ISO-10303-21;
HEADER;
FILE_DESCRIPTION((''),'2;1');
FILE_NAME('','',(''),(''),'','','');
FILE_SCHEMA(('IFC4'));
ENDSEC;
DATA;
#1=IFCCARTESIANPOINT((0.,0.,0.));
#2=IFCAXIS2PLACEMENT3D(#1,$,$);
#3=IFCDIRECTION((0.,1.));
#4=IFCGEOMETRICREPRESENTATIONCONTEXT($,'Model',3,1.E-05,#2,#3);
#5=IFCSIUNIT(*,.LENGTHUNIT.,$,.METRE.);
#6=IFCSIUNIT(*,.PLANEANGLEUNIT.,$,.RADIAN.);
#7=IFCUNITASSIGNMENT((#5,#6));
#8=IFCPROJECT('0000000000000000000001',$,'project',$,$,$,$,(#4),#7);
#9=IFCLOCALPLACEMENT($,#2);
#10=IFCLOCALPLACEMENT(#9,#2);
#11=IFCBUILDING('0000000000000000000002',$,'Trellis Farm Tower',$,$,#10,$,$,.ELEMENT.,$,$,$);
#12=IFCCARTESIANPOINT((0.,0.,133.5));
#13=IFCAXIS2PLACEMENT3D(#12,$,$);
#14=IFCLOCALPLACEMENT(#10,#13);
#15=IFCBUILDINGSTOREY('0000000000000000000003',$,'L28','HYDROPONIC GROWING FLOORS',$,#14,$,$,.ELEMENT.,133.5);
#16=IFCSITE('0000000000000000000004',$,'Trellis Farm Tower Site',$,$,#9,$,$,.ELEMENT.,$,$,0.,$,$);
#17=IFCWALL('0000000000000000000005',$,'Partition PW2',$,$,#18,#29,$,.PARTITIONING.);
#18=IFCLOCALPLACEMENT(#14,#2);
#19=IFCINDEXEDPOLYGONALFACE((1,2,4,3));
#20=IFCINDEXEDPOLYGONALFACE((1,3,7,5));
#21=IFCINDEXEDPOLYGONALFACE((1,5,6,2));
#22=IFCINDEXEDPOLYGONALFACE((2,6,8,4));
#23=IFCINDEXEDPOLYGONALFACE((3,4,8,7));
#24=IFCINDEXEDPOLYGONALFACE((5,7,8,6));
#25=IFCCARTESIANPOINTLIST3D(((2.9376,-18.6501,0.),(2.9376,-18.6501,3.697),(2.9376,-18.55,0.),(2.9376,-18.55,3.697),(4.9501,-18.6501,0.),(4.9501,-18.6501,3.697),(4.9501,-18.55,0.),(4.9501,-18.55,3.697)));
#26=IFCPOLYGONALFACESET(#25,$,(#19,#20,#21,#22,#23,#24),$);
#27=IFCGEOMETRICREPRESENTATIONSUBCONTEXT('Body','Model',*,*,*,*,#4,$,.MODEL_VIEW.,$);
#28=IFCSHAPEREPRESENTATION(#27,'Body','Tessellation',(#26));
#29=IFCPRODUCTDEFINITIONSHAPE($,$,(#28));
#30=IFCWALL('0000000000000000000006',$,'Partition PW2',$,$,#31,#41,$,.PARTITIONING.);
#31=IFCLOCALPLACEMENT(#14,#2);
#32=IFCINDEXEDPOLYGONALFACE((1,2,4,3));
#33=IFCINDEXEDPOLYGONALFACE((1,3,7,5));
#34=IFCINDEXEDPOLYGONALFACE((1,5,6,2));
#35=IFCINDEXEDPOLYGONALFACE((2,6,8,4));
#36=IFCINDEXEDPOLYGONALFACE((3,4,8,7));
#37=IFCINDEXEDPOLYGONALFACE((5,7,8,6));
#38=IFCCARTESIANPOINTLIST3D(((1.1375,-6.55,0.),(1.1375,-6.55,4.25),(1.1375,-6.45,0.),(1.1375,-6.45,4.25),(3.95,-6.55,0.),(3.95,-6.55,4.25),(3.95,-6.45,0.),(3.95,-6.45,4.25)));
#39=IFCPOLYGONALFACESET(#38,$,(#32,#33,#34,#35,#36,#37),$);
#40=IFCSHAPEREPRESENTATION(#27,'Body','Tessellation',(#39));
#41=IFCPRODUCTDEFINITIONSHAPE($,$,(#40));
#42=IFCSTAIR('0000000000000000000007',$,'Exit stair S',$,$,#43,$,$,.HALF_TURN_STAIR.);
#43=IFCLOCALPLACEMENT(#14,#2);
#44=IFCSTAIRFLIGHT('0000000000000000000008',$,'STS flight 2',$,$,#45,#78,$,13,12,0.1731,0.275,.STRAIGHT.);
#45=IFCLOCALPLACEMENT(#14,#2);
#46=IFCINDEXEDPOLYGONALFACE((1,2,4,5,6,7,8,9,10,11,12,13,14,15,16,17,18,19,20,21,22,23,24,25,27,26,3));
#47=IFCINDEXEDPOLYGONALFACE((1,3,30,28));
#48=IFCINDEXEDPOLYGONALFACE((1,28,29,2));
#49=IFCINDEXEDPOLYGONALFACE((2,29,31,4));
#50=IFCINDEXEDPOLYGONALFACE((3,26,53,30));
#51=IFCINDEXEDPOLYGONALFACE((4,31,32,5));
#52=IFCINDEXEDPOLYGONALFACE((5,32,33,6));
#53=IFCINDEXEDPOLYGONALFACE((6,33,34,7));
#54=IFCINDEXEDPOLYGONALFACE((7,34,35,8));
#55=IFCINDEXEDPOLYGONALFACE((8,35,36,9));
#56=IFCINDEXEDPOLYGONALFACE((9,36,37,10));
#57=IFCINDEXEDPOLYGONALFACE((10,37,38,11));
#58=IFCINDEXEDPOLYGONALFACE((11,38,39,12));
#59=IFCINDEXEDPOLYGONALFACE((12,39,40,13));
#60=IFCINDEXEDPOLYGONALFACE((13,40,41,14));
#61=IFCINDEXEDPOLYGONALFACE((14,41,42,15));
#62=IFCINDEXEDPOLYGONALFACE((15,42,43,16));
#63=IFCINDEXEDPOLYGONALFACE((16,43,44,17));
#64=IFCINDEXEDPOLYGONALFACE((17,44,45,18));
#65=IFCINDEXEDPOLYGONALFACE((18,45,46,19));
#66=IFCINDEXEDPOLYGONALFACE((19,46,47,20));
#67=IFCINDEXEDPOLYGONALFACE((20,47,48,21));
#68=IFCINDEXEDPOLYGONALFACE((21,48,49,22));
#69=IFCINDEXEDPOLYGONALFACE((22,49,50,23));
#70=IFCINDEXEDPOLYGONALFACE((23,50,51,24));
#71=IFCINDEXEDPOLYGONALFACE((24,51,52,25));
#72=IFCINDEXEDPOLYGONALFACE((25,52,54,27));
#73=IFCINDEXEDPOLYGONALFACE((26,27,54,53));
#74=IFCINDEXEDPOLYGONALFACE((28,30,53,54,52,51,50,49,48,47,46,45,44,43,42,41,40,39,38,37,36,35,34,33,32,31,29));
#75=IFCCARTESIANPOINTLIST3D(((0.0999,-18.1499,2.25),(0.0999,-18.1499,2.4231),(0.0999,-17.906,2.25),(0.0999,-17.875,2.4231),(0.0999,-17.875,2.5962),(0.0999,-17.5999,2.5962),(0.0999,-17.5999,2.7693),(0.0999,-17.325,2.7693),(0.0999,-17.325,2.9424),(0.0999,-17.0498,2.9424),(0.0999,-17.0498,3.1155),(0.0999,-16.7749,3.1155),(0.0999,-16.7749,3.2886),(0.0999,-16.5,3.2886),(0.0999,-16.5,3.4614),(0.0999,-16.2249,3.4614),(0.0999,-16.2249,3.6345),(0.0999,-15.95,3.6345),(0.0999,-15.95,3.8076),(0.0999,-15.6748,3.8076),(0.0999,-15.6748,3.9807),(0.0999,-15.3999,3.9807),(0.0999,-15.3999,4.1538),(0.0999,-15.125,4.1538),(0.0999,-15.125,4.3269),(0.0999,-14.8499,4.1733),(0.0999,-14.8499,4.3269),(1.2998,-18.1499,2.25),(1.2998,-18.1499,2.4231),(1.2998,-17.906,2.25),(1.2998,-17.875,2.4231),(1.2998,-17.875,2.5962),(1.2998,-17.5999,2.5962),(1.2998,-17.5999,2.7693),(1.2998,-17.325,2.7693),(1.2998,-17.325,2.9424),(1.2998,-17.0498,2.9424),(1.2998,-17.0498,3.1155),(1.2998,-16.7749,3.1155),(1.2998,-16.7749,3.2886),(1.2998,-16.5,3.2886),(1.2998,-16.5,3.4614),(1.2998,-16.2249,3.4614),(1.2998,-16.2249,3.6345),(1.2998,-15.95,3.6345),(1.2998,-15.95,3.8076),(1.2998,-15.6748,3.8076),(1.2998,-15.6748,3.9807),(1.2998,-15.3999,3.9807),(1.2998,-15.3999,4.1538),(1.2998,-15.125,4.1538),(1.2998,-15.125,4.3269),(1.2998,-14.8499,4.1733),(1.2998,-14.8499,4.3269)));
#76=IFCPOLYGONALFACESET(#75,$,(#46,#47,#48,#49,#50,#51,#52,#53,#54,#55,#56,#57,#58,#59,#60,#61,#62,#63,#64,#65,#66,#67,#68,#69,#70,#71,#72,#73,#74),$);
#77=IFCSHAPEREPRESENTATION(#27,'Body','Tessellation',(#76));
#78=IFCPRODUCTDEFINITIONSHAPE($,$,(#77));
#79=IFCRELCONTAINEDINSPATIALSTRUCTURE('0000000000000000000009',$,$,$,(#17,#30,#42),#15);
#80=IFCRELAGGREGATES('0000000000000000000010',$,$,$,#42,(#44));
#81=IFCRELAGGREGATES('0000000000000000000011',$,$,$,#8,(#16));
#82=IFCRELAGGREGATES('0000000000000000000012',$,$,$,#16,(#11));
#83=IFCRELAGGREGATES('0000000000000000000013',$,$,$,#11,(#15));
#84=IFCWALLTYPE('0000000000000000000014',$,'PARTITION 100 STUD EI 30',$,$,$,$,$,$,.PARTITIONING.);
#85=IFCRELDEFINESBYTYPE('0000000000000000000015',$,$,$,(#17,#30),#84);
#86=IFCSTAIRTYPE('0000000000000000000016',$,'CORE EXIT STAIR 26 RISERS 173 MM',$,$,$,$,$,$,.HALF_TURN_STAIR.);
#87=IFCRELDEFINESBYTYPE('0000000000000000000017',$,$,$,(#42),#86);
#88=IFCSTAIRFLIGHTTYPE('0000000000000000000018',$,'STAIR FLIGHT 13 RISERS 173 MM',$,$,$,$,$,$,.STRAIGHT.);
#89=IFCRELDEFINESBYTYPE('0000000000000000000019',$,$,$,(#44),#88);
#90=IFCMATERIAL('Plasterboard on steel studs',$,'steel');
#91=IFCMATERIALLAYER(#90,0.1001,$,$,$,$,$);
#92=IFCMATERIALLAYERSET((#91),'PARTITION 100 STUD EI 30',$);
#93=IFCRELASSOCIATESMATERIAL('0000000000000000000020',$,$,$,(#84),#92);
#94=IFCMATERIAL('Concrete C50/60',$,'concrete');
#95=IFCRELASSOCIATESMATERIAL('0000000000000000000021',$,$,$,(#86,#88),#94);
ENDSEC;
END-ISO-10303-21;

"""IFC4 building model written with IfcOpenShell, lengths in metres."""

from ifc_helpers import new_model, si_unit, direction, frame, frame_2d, origin, place, context, subcontext, project, spatial, polyline, rectangle, outline, extrude, source, transform, mapped, material, layer, layer_set, type_object, element, aggregate, save


model = new_model("IFC4")

# Units and contexts
model_context = context("Model", 3, precision=1e-05, world=origin(), true_north=direction((0.0, 1.0)))
body_context = subcontext(model_context, "Body", "Model", "MODEL_VIEW")
ifc_project = project(units=[si_unit("LENGTHUNIT", "METRE"), si_unit("PLANEANGLEUNIT", "RADIAN")], contexts=[model_context])

# Site, building, storey
site_placement = place(None, origin())
site = spatial("IfcSite", under=ifc_project, at=site_placement, Name="Trellis Farm Tower Site", CompositionType="ELEMENT", RefElevation=0.0)
building_placement = place(site_placement, origin())
building = spatial("IfcBuilding", under=site, at=building_placement, Name="Trellis Farm Tower", CompositionType="ELEMENT")
storey_placement = place(building_placement, frame((0.0, 0.0, 133.5)))
storey = spatial("IfcBuildingStorey", under=building, at=storey_placement, Name="L28", Description="HYDROPONIC GROWING FLOORS", CompositionType="ELEMENT", Elevation=133.5)

# Shared definitions
placement_1 = place(storey_placement, origin())

# Walls
ifc_material_1 = material(Name="Plasterboard on steel studs", Category="steel")
ifc_layer_1 = layer(ifc_material_1, 0.1001)
ifc_layer_set_1 = layer_set([ifc_layer_1], Name="PARTITION 100 STUD EI 30")
wall_type_1 = type_object("IfcWallType", Name="PARTITION 100 STUD EI 30", PredefinedType="PARTITIONING", material=ifc_layer_set_1)
shared_shape_1 = source(origin(), body_context, "Body", "SweptSolid", [
    extrude(rectangle(XDim=2.0125, YDim=0.1001, at=frame_2d((1.0063, 0.0))), origin(), (0.0, 0.0, 1.0), 3.697),
])
wall_1_placement = place(storey_placement, frame((2.9375, -18.6001, 0.0), z_axis=(0.0, 0.0, 1.0), x_axis=(1.0, 0.0, 0.0)))
element("IfcWall", 1, at=wall_1_placement, inside=storey, type_object=wall_type_1, Name="Partition PW2", PredefinedType="PARTITIONING", context=body_context, shape_type="MappedRepresentation", body=[
    mapped(shared_shape_1, transform((0.0, 0.0, 0.0))),
])
shared_shape_2 = source(origin(), body_context, "Body", "SweptSolid", [
    extrude(rectangle(XDim=2.8125, YDim=0.1001, at=frame_2d((1.4062, 0.0))), origin(), (0.0, 0.0, 1.0), 4.25),
])
wall_2_placement = place(storey_placement, frame((1.1375, -6.5, 0.0), z_axis=(0.0, 0.0, 1.0), x_axis=(1.0, 0.0, 0.0)))
element("IfcWall", 2, at=wall_2_placement, inside=storey, type_object=wall_type_1, Name="Partition PW2", PredefinedType="PARTITIONING", context=body_context, shape_type="MappedRepresentation", body=[
    mapped(shared_shape_2, transform((0.0, 0.0, 0.0))),
])

# Stair, stair flight
ifc_material_2 = material(Name="Concrete C50/60", Category="concrete")
stair_type = type_object("IfcStairType", Name="CORE EXIT STAIR 26 RISERS 173 MM", PredefinedType="HALF_TURN_STAIR", material=ifc_material_2)
stair = element("IfcStair", 3, at=placement_1, inside=storey, type_object=stair_type, Name="Exit stair S", PredefinedType="HALF_TURN_STAIR")
stair_flight_type = type_object("IfcStairFlightType", Name="STAIR FLIGHT 13 RISERS 173 MM", PredefinedType="STRAIGHT", material=ifc_material_2)
shared_shape_3 = source(origin(), body_context, "Body", "SweptSolid", [
    extrude(outline(polyline([(0.0, 0.0), (0.0, 0.1731), (0.2749, 0.1731), (0.2749, 0.3462), (0.55, 0.3462), (0.55, 0.5193), (0.825, 0.5193), (0.825, 0.6924), (1.1001, 0.6924), (1.1001, 0.8655), (1.375, 0.8655), (1.375, 1.0386), (1.6499, 1.0386), (1.6499, 1.2114), (1.925, 1.2114), (1.925, 1.3845), (2.2, 1.3845), (2.2, 1.5576), (2.4751, 1.5576), (2.4751, 1.7307), (2.75, 1.7307), (2.75, 1.9038), (3.0249, 1.9038), (3.0249, 2.0769), (3.3, 2.0769), (3.3, 2.25), (3.3, 1.9233), (0.2439, 0.0), (0.0, 0.0)])), frame((0.0, 0.6001, 0.0), z_axis=(0.0, -1.0, 0.0), x_axis=(1.0, 0.0, 0.0)), (0.0, 0.0, 1.0), 1.2),
])
stair_flight_placement = place(storey_placement, frame((0.7, -18.1499, 2.25), z_axis=(0.0, 0.0, 1.0), x_axis=(0.0, 1.0, 0.0)))
stair_flight = element("IfcStairFlight", 4, at=stair_flight_placement, type_object=stair_flight_type, Name="STS flight 2", NumberOfRisers=13, NumberOfTreads=12, PredefinedType="STRAIGHT", RiserHeight=0.1731, TreadLength=0.275, context=body_context, shape_type="MappedRepresentation", body=[
    mapped(shared_shape_3, transform((0.0, 0.0, 0.0))),
])
aggregate(stair, [stair_flight])

save(model, "model.ifc")
